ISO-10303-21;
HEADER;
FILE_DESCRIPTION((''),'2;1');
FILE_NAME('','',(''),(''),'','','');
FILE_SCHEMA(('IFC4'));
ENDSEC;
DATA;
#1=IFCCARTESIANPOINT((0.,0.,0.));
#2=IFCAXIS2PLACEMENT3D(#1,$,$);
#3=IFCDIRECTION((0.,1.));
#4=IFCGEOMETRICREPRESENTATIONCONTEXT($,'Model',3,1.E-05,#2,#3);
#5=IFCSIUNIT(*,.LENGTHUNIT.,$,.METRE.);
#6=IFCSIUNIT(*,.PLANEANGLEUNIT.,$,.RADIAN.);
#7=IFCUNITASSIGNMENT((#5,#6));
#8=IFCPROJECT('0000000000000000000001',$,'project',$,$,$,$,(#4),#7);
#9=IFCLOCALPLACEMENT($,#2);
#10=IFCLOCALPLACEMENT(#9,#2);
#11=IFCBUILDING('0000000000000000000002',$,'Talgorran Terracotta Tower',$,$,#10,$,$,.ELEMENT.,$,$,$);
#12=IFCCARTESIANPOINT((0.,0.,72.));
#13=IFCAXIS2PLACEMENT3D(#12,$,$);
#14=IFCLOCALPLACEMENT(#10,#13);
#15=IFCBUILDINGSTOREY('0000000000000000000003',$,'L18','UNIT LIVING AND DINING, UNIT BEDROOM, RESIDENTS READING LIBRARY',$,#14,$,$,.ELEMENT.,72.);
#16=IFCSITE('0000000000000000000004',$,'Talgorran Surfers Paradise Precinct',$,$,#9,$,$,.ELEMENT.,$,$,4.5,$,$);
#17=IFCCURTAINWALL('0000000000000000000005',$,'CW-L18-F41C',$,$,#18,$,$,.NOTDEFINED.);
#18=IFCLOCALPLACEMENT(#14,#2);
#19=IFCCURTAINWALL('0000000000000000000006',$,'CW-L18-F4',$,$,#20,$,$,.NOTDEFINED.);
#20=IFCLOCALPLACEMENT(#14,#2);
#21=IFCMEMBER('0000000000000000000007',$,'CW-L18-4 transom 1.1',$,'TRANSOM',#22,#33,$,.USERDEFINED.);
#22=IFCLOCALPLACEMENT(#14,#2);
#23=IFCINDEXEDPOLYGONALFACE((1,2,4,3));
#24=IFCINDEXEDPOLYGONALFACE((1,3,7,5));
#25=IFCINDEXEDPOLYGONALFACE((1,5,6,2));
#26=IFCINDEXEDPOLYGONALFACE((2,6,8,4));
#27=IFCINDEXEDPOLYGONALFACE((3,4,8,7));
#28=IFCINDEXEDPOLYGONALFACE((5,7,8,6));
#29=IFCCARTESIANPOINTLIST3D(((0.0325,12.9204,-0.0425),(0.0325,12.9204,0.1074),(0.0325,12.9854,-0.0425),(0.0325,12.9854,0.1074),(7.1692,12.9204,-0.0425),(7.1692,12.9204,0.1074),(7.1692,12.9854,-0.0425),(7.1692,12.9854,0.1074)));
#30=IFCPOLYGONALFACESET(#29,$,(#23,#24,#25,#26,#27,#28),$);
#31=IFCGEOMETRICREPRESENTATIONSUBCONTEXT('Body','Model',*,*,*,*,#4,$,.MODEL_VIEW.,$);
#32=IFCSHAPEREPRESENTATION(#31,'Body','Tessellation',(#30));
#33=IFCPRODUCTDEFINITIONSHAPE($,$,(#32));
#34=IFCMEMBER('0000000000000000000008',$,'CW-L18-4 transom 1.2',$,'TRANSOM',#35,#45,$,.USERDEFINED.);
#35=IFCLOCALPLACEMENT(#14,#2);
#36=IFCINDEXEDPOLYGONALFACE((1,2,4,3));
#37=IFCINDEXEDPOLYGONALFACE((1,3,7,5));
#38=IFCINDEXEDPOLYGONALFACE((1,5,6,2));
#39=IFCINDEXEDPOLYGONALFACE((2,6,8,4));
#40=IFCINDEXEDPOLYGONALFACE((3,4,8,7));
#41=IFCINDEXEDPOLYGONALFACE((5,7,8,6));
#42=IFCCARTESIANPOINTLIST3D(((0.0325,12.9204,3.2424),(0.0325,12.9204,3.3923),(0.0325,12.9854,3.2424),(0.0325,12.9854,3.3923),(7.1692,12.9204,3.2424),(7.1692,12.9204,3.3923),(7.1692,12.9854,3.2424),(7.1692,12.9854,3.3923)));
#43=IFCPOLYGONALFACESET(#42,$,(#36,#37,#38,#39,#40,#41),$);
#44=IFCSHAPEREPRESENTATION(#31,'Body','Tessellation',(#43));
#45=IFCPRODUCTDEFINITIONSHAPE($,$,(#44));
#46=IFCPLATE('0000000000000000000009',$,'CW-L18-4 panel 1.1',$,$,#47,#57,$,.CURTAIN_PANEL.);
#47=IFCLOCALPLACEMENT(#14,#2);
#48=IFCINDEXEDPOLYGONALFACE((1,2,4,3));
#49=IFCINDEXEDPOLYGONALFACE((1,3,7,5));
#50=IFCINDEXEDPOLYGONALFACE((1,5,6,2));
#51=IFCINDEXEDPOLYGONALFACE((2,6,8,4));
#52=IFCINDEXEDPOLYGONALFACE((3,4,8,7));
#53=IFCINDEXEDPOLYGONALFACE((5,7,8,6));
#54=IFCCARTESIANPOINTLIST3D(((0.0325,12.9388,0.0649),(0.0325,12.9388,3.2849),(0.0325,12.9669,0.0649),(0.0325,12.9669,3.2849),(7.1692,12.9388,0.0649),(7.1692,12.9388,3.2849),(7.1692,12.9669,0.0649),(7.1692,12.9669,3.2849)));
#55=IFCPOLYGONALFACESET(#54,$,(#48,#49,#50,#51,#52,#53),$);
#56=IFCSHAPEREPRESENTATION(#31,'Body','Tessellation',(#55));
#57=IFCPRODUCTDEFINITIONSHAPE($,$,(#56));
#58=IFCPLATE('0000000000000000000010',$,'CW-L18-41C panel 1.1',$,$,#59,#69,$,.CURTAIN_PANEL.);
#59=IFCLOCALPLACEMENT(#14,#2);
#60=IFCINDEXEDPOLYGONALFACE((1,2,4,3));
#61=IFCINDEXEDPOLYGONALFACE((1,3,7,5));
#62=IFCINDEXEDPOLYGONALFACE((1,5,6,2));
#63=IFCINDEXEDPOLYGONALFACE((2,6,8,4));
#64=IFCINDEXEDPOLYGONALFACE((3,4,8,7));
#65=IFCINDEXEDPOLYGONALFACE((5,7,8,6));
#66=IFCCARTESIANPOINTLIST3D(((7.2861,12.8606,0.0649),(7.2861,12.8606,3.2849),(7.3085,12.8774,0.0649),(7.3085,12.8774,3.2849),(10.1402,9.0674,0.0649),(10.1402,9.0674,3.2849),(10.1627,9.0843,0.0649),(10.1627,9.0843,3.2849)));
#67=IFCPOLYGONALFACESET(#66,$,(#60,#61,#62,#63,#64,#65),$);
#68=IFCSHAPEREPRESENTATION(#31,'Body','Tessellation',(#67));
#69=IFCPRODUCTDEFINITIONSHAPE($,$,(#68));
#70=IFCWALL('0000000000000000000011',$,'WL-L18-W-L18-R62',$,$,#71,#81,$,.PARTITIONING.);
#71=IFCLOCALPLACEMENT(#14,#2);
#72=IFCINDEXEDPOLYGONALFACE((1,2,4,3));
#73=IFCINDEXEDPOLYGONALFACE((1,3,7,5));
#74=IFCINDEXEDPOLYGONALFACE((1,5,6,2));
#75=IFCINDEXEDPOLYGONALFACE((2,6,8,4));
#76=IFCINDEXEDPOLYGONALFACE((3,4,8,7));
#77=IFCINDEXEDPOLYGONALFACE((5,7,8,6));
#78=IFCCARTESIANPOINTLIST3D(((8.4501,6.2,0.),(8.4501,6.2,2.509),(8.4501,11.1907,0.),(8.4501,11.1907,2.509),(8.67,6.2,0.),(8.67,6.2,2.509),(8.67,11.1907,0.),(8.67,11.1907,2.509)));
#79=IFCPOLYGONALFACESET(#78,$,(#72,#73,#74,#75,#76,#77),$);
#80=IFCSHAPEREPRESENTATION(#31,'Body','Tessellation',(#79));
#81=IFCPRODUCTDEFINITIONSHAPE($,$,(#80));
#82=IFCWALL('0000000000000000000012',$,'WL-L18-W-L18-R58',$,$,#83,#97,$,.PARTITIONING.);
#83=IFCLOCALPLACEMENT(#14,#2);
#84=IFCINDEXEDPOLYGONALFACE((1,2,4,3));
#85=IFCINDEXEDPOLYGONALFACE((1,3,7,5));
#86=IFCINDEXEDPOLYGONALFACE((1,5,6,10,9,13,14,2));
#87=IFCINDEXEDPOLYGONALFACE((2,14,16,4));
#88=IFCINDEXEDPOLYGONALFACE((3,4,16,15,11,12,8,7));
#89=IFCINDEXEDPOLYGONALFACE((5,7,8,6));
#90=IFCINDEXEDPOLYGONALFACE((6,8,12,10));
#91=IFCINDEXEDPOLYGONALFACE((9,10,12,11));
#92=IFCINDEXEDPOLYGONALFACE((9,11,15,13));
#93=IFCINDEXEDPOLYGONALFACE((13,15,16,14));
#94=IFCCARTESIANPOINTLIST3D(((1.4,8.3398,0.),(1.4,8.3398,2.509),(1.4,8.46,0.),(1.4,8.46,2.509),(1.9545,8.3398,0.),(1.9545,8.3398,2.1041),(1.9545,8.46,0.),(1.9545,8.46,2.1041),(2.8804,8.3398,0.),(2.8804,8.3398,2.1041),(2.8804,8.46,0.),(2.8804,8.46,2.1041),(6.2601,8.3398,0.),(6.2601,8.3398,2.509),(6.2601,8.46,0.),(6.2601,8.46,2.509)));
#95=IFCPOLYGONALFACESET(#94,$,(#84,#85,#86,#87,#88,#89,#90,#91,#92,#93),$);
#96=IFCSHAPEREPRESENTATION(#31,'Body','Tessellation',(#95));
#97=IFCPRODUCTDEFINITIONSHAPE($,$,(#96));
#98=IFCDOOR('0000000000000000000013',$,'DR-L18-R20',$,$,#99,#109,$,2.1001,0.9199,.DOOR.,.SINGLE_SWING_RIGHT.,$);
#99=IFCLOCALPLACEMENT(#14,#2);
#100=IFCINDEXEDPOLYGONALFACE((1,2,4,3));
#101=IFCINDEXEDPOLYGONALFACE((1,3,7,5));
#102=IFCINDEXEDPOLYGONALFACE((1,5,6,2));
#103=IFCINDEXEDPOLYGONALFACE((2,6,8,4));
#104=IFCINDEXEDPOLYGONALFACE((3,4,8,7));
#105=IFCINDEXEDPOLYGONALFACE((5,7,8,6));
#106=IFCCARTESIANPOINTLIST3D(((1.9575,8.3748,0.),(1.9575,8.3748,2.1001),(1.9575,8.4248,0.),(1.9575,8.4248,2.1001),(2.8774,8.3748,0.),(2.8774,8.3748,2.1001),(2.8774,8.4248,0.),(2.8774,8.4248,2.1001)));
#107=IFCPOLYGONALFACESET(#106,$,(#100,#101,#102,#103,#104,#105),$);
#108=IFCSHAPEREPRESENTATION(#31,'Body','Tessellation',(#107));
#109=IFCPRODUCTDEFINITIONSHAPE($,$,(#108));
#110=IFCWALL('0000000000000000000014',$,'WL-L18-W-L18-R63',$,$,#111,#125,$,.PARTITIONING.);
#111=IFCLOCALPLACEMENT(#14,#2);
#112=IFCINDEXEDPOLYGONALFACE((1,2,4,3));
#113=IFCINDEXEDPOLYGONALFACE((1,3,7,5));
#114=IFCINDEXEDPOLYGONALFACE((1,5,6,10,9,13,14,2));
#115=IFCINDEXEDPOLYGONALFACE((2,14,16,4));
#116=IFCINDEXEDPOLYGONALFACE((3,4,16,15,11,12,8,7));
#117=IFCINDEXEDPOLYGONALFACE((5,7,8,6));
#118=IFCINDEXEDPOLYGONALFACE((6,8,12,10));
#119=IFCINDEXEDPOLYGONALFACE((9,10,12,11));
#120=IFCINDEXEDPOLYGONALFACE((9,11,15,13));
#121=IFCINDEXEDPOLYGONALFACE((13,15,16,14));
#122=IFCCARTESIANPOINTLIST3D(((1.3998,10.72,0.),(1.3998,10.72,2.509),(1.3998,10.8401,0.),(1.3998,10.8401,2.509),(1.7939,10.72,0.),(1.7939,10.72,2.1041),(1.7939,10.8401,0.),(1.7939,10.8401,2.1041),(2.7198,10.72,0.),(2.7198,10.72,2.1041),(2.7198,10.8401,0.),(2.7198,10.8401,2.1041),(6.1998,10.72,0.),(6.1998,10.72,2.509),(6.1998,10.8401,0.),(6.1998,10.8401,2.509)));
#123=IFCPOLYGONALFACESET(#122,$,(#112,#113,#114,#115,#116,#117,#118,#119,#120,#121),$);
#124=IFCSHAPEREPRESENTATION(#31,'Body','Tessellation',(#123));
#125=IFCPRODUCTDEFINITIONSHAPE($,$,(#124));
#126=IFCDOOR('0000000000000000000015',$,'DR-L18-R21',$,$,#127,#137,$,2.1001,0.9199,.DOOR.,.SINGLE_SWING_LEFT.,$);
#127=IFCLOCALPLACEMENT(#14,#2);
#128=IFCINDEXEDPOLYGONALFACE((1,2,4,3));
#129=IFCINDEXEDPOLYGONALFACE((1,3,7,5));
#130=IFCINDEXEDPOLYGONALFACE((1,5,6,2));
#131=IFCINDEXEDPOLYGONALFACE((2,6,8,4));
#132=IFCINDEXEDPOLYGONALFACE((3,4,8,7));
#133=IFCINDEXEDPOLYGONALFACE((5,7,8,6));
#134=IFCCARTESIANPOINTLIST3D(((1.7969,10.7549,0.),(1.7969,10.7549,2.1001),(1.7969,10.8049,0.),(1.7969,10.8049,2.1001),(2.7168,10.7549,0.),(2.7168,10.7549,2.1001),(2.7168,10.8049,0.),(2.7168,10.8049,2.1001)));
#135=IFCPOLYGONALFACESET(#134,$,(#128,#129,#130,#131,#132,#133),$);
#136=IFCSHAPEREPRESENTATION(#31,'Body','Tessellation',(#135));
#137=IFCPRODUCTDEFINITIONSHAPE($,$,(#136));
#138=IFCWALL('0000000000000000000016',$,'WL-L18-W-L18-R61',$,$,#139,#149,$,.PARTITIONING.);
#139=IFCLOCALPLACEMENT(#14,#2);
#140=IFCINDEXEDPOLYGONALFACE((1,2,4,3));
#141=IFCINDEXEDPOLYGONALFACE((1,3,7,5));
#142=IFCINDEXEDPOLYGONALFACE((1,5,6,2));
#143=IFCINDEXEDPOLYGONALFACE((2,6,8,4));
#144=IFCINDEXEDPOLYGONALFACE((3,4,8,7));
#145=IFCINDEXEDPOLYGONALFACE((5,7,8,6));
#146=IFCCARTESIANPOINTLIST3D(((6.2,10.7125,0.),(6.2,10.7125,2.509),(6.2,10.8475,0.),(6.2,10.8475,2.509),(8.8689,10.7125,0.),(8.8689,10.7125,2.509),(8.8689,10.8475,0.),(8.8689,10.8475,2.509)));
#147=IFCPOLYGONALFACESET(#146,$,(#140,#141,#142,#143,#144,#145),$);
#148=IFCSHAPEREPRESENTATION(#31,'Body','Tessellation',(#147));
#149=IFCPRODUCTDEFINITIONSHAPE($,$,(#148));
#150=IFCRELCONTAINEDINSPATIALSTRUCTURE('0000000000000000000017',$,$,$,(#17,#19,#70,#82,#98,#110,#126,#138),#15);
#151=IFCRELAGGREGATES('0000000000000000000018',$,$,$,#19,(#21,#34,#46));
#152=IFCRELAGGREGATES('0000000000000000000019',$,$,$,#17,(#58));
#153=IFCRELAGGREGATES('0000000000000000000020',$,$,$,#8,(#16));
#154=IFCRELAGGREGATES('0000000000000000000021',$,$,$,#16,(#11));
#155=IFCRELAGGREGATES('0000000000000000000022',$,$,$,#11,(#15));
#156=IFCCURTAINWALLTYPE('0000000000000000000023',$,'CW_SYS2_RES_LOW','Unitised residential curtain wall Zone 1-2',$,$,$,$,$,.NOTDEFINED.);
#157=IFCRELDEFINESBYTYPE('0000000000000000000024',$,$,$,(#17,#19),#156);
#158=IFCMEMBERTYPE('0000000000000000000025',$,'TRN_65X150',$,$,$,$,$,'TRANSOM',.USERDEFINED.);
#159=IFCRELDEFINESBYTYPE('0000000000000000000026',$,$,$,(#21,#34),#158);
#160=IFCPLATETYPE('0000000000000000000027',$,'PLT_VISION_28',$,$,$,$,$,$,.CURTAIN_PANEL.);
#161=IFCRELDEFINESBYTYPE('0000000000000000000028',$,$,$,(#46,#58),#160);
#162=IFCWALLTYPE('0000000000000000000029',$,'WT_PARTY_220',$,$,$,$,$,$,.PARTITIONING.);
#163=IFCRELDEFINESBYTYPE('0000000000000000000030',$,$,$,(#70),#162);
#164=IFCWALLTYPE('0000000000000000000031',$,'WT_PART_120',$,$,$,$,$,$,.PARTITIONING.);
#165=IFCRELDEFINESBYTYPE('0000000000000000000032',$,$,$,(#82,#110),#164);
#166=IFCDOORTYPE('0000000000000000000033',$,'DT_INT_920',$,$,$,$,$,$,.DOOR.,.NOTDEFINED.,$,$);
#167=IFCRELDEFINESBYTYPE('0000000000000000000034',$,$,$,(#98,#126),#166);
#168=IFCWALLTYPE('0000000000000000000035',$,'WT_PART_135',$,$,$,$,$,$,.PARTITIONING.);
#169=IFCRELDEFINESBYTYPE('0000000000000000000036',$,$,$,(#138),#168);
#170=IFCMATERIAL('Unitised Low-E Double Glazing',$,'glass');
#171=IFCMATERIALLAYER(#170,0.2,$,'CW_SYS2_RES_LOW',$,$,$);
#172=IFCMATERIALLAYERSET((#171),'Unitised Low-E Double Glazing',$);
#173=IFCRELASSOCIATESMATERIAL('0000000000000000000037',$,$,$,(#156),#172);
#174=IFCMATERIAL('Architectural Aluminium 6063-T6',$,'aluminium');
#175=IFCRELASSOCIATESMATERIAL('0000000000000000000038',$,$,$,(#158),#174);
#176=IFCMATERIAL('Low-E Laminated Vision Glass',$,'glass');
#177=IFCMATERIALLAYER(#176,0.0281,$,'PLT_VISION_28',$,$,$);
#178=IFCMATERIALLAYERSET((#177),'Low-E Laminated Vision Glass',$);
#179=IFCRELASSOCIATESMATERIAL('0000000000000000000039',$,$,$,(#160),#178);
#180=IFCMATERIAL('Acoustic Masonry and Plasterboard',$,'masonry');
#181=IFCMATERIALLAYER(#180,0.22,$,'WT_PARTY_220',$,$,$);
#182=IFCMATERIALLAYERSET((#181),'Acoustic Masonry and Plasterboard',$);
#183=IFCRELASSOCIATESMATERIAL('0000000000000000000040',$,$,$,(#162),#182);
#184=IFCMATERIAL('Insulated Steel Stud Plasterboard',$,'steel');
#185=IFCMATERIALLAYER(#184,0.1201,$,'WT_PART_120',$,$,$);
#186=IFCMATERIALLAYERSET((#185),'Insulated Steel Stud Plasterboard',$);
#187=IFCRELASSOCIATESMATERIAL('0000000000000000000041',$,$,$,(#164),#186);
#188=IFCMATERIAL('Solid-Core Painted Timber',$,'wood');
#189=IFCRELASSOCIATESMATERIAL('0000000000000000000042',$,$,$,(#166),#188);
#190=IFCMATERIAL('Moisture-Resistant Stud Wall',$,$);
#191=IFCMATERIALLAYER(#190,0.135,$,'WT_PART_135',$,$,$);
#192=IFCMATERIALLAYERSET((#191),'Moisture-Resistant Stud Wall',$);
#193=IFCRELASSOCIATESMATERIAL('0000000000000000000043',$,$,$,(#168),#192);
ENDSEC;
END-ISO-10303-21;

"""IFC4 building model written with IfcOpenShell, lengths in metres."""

from ifc_helpers import new_model, si_unit, direction, frame, frame_2d, origin, origin_2d, place, context, subcontext, project, spatial, rectangle, extrude, source, transform, mapped, material, layer, layer_set, material_profile, profile_set, type_object, type_shapes, element, fill, aggregate, save


model = new_model("IFC4")

# Units and contexts
model_context = context("Model", 3, precision=1e-05, world=origin(), true_north=direction((0.0, 1.0)))
body_context = subcontext(model_context, "Body", "Model", "MODEL_VIEW")
ifc_project = project(units=[si_unit("LENGTHUNIT", "METRE"), si_unit("PLANEANGLEUNIT", "RADIAN")], contexts=[model_context])

# Site, building, storey
site_placement = place(None, origin())
site = spatial("IfcSite", under=ifc_project, at=site_placement, Name="Talgorran Surfers Paradise Precinct", CompositionType="ELEMENT", RefElevation=4.5)
building_placement = place(site_placement, origin())
building = spatial("IfcBuilding", under=site, at=building_placement, Name="Talgorran Terracotta Tower", CompositionType="ELEMENT")
storey_placement = place(building_placement, frame((0.0, 0.0, 72.0)))
storey = spatial("IfcBuildingStorey", under=building, at=storey_placement, Name="L18", Description="UNIT LIVING AND DINING, UNIT BEDROOM, RESIDENTS READING LIBRARY", CompositionType="ELEMENT", Elevation=72.0)

# Curtain wall
ifc_material_1 = material(Name="Unitised Low-E Double Glazing", Category="glass")
ifc_layer_1 = layer(ifc_material_1, 0.2, Name="CW_SYS2_RES_LOW")
ifc_layer_set_1 = layer_set([ifc_layer_1], Name="Unitised Low-E Double Glazing")
curtain_wall_type = type_object("IfcCurtainWallType", Name="CW_SYS2_RES_LOW", Description="Unitised residential curtain wall Zone 1-2", PredefinedType="NOTDEFINED", material=ifc_layer_set_1)
curtain_wall_1_placement = place(storey_placement, origin())
curtain_wall_1 = element("IfcCurtainWall", 1, at=curtain_wall_1_placement, inside=storey, type_object=curtain_wall_type, Name="CW-L18-F41C", PredefinedType="NOTDEFINED")
ifc_material_2 = material(Name="Architectural Aluminium 6063-T6", Category="aluminium")

# Curtain wall, members, plate
curtain_wall_2_placement = place(storey_placement, origin())
curtain_wall_2 = element("IfcCurtainWall", 2, at=curtain_wall_2_placement, inside=storey, type_object=curtain_wall_type, Name="CW-L18-F4", PredefinedType="NOTDEFINED")
ifc_material_profile_1 = material_profile(ifc_material_2, rectangle(XDim=0.0649, YDim=0.1499, at=origin_2d()), Name="CWT65X150")
ifc_profile_set_1 = profile_set([ifc_material_profile_1], Name="Architectural Aluminium 6063-T6")
member_type_1 = type_object("IfcMemberType", Name="TRN_65X150", ElementType="TRANSOM", PredefinedType="USERDEFINED", material=ifc_profile_set_1)
member_1_placement = place(storey_placement, frame((7.1692, 12.9529, 0.0325), z_axis=(-1.0, 0.0, 0.0), x_axis=(0.0, -1.0, 0.0)))
member_1 = element("IfcMember", 3, at=member_1_placement, type_object=member_type_1, Name="CW-L18-4 transom 1.1", ObjectType="TRANSOM", PredefinedType="USERDEFINED", context=body_context, shape_type="SweptSolid", body=[
    extrude(rectangle(XDim=0.0649, YDim=0.1499, at=origin_2d()), origin(), (0.0, 0.0, 1.0), 7.1367),
])
member_2_placement = place(storey_placement, frame((7.1692, 12.9529, 3.3174), z_axis=(-1.0, 0.0, 0.0), x_axis=(0.0, -1.0, 0.0)))
member_2 = element("IfcMember", 4, at=member_2_placement, type_object=member_type_1, Name="CW-L18-4 transom 1.2", ObjectType="TRANSOM", PredefinedType="USERDEFINED", context=body_context, shape_type="SweptSolid", body=[
    extrude(rectangle(XDim=0.0649, YDim=0.1499, at=origin_2d()), origin(), (0.0, 0.0, 1.0), 7.1367),
])
ifc_material_3 = material(Name="Low-E Laminated Vision Glass", Category="glass")
ifc_layer_2 = layer(ifc_material_3, 0.0281, Name="PLT_VISION_28")
ifc_layer_set_2 = layer_set([ifc_layer_2], Name="Low-E Laminated Vision Glass")
plate_type = type_object("IfcPlateType", Name="PLT_VISION_28", PredefinedType="CURTAIN_PANEL", material=ifc_layer_set_2)
shared_shape_1 = source(origin(), body_context, "Body", "SweptSolid", [
    extrude(rectangle(XDim=7.1367, YDim=0.0281, at=origin_2d()), origin(), (0.0, 0.0, 1.0), 3.22),
])
plate_1_placement = place(storey_placement, frame((3.6008, 12.9529, 0.0649), z_axis=(0.0, 0.0, 1.0), x_axis=(-1.0, 0.0, 0.0)))
plate_1 = element("IfcPlate", 5, at=plate_1_placement, type_object=plate_type, Name="CW-L18-4 panel 1.1", PredefinedType="CURTAIN_PANEL", context=body_context, shape_type="MappedRepresentation", body=[
    mapped(shared_shape_1, transform((0.0, 0.0, 0.0), scale=1.0)),
])
aggregate(curtain_wall_2, [member_1, member_2, plate_1])

# Plate
shared_shape_2 = source(origin(), body_context, "Body", "SweptSolid", [
    extrude(rectangle(XDim=4.7471, YDim=0.0281, at=origin_2d()), origin(), (0.0, 0.0, 1.0), 3.22),
])
type_shapes(plate_type, [shared_shape_1, shared_shape_2])
plate_2_placement = place(storey_placement, frame((8.7244, 10.9724, 0.0649), z_axis=(0.0, 0.0, 1.0), x_axis=(-0.601252, 0.799059, 0.0)))
plate_2 = element("IfcPlate", 6, at=plate_2_placement, type_object=plate_type, Name="CW-L18-41C panel 1.1", PredefinedType="CURTAIN_PANEL", context=body_context, shape_type="MappedRepresentation", body=[
    mapped(shared_shape_2, transform((0.0, 0.0, 0.0), scale=1.0)),
])
aggregate(curtain_wall_1, [plate_2])

# Wall
ifc_material_4 = material(Name="Acoustic Masonry and Plasterboard", Category="masonry")
ifc_layer_3 = layer(ifc_material_4, 0.22, Name="WT_PARTY_220")
ifc_layer_set_3 = layer_set([ifc_layer_3], Name="Acoustic Masonry and Plasterboard")
wall_type_1 = type_object("IfcWallType", Name="WT_PARTY_220", PredefinedType="PARTITIONING", material=ifc_layer_set_3)
wall_1_placement = place(storey_placement, frame((8.5601, 6.2, 0.0), z_axis=(0.0, 0.0, 1.0), x_axis=(0.0, 1.0, 0.0)))
element("IfcWall", 7, at=wall_1_placement, inside=storey, type_object=wall_type_1, Name="WL-L18-W-L18-R62", PredefinedType="PARTITIONING", context=body_context, shape_type="SweptSolid", body=[
    extrude(rectangle(XDim=4.9907, YDim=0.22, at=frame_2d((2.4954, 0.0))), origin(), (0.0, 0.0, 1.0), 2.509),
])

# Walls, openings, doors
ifc_material_5 = material(Name="Insulated Steel Stud Plasterboard", Category="steel")
ifc_layer_4 = layer(ifc_material_5, 0.1201, Name="WT_PART_120")
ifc_layer_set_4 = layer_set([ifc_layer_4], Name="Insulated Steel Stud Plasterboard")
wall_type_2 = type_object("IfcWallType", Name="WT_PART_120", PredefinedType="PARTITIONING", material=ifc_layer_set_4)
wall_2_placement = place(storey_placement, frame((1.3999, 8.3999, 0.0), z_axis=(0.0, 0.0, 1.0), x_axis=(1.0, 0.0, 0.0)))
wall_2 = element("IfcWall", 8, at=wall_2_placement, inside=storey, type_object=wall_type_2, Name="WL-L18-W-L18-R58", PredefinedType="PARTITIONING", context=body_context, shape_type="SweptSolid", body=[
    extrude(rectangle(XDim=4.8601, YDim=0.1201, at=frame_2d((2.4302, 0.0))), origin(), (0.0, 0.0, 1.0), 2.509),
])
opening_1_placement = place(wall_2_placement, frame((0.5576, 0.0, 0.0)))
opening_1 = element("IfcOpeningElement", 9, at=opening_1_placement, cuts=wall_2, PredefinedType="OPENING", context=body_context, shape_type="SweptSolid", body=[
    extrude(rectangle(XDim=0.9259, YDim=2.1041, at=frame_2d((0.46, 1.052))), frame((0.0, 0.0701, 0.0), z_axis=(0.0, -1.0, 0.0), x_axis=(1.0, 0.0, 0.0)), (0.0, 0.0, 1.0), 0.1401),
])
ifc_material_6 = material(Name="Solid-Core Painted Timber", Category="wood")
door_type_1 = type_object("IfcDoorType", Name="DT_INT_920", OperationType="NOTDEFINED", PredefinedType="DOOR", material=ifc_material_6)
door_1_placement = place(opening_1_placement, origin())
door_1 = element("IfcDoor", 10, at=door_1_placement, inside=storey, type_object=door_type_1, Name="DR-L18-R20", OperationType="SINGLE_SWING_RIGHT", OverallHeight=2.1001, OverallWidth=0.9199, PredefinedType="DOOR", context=body_context, shape_type="SweptSolid", body=[
    extrude(rectangle(XDim=0.9199, YDim=2.1001, at=frame_2d((0.46, 1.05))), frame((0.0, 0.0249, 0.0), z_axis=(0.0, -1.0, 0.0), x_axis=(1.0, 0.0, 0.0)), (0.0, 0.0, 1.0), 0.05),
])
fill(opening_1, door_1)
wall_3_placement = place(storey_placement, frame((1.3999, 10.78, 0.0), z_axis=(0.0, 0.0, 1.0), x_axis=(1.0, 0.0, 0.0)))
wall_3 = element("IfcWall", 11, at=wall_3_placement, inside=storey, type_object=wall_type_2, Name="WL-L18-W-L18-R63", PredefinedType="PARTITIONING", context=body_context, shape_type="SweptSolid", body=[
    extrude(rectangle(XDim=4.8, YDim=0.1201, at=frame_2d((2.3999, 0.0))), origin(), (0.0, 0.0, 1.0), 2.509),
])
opening_2_placement = place(wall_3_placement, frame((0.397, 0.0, 0.0)))
opening_2 = element("IfcOpeningElement", 12, at=opening_2_placement, cuts=wall_3, PredefinedType="OPENING", context=body_context, shape_type="SweptSolid", body=[
    extrude(rectangle(XDim=0.9259, YDim=2.1041, at=frame_2d((0.46, 1.052))), frame((0.0, 0.0701, 0.0), z_axis=(0.0, -1.0, 0.0), x_axis=(1.0, 0.0, 0.0)), (0.0, 0.0, 1.0), 0.1401),
])
door_2_placement = place(opening_2_placement, origin())
door_2 = element("IfcDoor", 13, at=door_2_placement, inside=storey, type_object=door_type_1, Name="DR-L18-R21", OperationType="SINGLE_SWING_LEFT", OverallHeight=2.1001, OverallWidth=0.9199, PredefinedType="DOOR", context=body_context, shape_type="SweptSolid", body=[
    extrude(rectangle(XDim=0.9199, YDim=2.1001, at=frame_2d((0.46, 1.05))), frame((0.0, 0.0249, 0.0), z_axis=(0.0, -1.0, 0.0), x_axis=(1.0, 0.0, 0.0)), (0.0, 0.0, 1.0), 0.05),
])
fill(opening_2, door_2)

# Wall
ifc_material_7 = material(Name="Moisture-Resistant Stud Wall")
ifc_layer_5 = layer(ifc_material_7, 0.135, Name="WT_PART_135")
ifc_layer_set_5 = layer_set([ifc_layer_5], Name="Moisture-Resistant Stud Wall")
wall_type_3 = type_object("IfcWallType", Name="WT_PART_135", PredefinedType="PARTITIONING", material=ifc_layer_set_5)
wall_4_placement = place(storey_placement, frame((6.2, 10.78, 0.0), z_axis=(0.0, 0.0, 1.0), x_axis=(1.0, 0.0, 0.0)))
element("IfcWall", 14, at=wall_4_placement, inside=storey, type_object=wall_type_3, Name="WL-L18-W-L18-R61", PredefinedType="PARTITIONING", context=body_context, shape_type="SweptSolid", body=[
    extrude(rectangle(XDim=2.6689, YDim=0.135, at=frame_2d((1.3345, 0.0))), origin(), (0.0, 0.0, 1.0), 2.509),
])

save(model, "model.ifc")
